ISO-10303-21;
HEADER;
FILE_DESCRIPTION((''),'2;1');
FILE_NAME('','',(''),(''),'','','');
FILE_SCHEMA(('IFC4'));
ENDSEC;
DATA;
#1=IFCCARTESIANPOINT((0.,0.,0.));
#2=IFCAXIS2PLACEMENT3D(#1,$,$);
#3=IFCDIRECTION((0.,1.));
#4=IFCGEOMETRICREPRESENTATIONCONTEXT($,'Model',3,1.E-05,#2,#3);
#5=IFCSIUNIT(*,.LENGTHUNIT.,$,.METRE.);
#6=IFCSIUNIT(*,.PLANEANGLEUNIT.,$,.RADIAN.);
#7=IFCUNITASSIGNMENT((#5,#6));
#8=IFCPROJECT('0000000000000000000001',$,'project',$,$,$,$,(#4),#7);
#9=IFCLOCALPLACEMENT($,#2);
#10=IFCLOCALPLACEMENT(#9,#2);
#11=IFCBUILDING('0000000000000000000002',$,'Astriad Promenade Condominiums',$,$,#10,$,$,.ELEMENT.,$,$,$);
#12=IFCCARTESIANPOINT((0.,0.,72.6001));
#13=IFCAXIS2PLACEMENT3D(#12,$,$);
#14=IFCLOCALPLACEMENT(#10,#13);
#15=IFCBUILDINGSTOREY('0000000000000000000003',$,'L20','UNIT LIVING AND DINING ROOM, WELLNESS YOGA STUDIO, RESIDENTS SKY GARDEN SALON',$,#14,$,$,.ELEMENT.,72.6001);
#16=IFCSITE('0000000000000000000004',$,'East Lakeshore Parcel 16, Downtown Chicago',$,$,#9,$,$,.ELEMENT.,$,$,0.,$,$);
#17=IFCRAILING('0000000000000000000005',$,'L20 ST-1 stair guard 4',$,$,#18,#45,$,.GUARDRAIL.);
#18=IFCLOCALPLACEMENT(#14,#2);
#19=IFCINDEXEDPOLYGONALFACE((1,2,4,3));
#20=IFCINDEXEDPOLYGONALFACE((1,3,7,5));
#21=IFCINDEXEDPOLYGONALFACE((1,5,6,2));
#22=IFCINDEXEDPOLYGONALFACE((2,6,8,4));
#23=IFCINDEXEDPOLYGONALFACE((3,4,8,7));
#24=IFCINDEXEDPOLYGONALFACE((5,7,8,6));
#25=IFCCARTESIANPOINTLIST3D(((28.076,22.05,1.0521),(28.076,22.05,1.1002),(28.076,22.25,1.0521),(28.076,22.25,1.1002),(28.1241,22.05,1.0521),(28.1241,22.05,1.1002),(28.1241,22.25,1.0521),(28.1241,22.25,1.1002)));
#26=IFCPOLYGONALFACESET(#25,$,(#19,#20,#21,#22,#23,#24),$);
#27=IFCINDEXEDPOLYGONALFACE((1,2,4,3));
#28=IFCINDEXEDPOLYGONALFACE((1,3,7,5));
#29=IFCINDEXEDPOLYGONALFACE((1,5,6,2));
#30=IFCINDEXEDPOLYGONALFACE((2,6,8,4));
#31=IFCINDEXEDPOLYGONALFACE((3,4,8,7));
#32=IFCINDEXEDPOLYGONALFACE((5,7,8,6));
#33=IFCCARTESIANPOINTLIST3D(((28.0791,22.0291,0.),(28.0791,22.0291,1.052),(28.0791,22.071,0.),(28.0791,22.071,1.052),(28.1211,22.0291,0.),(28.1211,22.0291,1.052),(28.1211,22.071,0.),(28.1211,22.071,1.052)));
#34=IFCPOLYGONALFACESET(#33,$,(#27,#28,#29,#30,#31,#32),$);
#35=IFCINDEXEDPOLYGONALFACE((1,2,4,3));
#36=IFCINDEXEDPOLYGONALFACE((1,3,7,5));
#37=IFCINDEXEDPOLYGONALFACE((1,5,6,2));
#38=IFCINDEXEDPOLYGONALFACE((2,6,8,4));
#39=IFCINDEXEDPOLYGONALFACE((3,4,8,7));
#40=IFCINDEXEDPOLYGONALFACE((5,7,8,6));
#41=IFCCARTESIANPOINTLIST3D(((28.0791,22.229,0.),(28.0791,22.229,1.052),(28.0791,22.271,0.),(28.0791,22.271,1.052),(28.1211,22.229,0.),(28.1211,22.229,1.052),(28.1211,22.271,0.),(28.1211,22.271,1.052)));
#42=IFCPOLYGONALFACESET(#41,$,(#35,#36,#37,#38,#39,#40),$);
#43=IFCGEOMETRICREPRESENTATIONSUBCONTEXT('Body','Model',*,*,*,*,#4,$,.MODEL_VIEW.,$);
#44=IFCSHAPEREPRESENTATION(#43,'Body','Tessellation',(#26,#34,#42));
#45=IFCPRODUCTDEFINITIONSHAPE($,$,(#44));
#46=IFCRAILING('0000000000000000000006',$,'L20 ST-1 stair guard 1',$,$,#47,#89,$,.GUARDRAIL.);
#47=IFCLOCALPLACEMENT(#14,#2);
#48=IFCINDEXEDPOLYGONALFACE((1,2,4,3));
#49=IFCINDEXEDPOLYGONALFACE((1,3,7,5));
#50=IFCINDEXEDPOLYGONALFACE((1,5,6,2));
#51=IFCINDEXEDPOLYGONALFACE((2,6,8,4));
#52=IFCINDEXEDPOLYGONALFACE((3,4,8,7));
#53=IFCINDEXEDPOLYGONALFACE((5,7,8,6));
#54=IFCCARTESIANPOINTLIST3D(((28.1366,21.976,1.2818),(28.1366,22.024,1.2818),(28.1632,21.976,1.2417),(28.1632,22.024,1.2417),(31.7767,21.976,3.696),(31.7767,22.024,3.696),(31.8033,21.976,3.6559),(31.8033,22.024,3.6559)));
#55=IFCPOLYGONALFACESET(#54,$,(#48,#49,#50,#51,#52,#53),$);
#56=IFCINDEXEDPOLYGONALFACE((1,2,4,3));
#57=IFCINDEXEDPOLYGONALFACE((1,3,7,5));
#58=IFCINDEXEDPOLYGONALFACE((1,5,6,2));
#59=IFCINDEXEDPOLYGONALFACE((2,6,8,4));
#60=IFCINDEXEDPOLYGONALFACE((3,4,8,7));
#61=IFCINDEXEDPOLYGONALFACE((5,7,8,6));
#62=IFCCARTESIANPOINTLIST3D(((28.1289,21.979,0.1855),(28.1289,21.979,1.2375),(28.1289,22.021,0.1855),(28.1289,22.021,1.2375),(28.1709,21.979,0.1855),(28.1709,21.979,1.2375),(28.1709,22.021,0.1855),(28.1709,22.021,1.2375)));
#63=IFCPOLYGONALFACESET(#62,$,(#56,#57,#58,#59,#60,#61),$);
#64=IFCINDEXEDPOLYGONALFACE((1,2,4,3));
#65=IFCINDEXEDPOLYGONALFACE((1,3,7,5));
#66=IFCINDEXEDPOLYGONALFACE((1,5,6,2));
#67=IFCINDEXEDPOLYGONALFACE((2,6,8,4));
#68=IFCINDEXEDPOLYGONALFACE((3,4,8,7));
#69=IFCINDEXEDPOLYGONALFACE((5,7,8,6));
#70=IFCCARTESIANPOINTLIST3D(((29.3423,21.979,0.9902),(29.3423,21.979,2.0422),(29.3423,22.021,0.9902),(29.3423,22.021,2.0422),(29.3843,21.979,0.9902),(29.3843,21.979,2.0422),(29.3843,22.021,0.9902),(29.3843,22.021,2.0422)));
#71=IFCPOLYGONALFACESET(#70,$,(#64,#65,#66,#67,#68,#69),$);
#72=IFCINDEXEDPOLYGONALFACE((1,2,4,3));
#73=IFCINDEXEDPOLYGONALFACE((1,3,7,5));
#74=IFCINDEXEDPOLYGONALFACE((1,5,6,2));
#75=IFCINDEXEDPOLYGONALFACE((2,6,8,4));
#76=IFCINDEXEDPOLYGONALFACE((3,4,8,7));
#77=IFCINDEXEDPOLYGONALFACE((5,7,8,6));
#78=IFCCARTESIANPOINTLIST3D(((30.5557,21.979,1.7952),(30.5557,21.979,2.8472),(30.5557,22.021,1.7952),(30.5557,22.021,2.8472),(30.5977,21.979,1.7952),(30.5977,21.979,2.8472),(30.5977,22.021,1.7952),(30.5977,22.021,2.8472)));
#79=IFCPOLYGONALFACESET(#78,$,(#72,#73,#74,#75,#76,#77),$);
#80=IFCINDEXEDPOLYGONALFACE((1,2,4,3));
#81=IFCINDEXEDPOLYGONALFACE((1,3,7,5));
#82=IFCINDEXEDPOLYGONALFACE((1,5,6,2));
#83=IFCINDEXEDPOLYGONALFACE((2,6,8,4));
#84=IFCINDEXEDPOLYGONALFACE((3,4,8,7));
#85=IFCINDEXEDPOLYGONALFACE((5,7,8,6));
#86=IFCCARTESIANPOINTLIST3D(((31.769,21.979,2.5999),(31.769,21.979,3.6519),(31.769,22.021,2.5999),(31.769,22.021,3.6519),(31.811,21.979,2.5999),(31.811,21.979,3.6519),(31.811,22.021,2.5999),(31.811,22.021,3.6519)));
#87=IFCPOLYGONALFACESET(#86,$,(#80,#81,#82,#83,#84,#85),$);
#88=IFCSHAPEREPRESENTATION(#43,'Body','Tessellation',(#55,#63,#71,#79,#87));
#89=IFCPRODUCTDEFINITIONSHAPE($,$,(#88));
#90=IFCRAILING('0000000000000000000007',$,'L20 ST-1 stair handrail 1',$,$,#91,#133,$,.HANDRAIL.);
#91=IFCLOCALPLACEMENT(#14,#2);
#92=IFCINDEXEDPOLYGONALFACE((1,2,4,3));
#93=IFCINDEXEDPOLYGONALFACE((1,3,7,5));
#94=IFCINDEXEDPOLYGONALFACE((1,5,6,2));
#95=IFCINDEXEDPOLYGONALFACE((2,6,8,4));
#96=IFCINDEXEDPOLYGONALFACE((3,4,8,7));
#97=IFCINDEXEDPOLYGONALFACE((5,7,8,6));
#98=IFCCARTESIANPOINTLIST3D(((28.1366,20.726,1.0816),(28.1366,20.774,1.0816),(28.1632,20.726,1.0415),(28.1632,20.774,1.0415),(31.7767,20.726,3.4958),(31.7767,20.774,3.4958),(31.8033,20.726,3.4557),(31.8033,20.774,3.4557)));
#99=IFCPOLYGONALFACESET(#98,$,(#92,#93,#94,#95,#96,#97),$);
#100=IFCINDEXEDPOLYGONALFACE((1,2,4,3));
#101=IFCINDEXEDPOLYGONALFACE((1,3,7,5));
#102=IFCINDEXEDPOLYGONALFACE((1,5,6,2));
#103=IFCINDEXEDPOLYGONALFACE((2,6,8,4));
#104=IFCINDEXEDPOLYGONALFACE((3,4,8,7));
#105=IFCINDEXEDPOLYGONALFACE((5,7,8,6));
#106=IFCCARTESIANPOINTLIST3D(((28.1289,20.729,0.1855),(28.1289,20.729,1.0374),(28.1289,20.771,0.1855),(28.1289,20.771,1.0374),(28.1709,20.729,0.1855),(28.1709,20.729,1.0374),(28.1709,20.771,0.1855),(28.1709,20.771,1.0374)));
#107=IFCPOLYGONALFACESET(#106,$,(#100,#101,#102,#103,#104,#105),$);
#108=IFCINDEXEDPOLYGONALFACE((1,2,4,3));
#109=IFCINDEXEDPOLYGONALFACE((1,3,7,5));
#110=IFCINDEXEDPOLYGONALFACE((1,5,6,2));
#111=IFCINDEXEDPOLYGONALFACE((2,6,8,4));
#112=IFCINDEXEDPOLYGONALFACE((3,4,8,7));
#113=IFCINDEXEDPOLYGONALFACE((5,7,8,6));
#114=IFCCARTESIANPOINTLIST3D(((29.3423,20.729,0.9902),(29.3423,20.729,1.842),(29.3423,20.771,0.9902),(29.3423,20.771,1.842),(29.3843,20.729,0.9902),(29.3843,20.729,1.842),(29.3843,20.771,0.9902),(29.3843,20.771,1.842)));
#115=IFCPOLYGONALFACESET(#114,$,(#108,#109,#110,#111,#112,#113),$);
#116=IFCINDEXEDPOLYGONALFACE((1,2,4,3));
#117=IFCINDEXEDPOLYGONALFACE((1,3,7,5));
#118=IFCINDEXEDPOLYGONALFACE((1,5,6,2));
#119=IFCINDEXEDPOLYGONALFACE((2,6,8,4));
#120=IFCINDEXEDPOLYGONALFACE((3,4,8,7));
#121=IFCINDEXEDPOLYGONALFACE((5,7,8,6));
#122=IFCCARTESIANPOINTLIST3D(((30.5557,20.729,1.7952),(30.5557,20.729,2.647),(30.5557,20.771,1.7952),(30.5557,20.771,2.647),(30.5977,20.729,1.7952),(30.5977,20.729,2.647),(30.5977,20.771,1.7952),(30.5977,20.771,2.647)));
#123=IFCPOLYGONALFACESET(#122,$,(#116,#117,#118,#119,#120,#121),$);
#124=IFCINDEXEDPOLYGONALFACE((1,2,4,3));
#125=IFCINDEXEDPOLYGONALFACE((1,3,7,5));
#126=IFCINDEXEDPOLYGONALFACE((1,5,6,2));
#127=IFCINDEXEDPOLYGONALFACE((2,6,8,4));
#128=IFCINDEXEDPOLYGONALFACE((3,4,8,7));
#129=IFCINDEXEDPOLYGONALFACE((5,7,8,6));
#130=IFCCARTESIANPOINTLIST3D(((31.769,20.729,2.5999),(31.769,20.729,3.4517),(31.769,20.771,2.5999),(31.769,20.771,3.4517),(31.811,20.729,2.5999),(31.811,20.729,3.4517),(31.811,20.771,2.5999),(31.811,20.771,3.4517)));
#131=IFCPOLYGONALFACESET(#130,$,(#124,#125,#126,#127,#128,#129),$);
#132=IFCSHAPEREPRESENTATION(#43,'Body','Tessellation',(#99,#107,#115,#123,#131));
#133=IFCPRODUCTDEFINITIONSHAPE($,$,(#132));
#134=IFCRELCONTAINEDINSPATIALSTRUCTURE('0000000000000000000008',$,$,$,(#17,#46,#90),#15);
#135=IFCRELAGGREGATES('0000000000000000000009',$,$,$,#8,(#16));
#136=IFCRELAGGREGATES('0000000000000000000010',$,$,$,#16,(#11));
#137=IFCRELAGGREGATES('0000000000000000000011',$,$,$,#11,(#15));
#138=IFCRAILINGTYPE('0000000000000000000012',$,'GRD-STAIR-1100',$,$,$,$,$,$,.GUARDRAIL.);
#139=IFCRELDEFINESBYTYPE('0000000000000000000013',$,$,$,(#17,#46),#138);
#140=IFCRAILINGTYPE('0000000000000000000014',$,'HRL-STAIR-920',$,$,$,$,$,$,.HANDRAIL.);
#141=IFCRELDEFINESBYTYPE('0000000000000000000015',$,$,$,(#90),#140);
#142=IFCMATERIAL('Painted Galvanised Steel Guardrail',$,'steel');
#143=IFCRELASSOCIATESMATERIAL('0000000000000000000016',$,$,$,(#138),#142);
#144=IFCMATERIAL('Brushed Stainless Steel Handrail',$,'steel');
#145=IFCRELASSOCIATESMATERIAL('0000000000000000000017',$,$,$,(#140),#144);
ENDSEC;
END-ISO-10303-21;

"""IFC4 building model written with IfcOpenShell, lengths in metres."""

from ifc_helpers import new_model, si_unit, direction, frame, origin, origin_2d, place, context, subcontext, project, spatial, rectangle, extrude, source, transform, mapped, material, type_object, type_shapes, element, save


model = new_model("IFC4")

# Units and contexts
model_context = context("Model", 3, precision=1e-05, world=origin(), true_north=direction((0.0, 1.0)))
body_context = subcontext(model_context, "Body", "Model", "MODEL_VIEW")
ifc_project = project(units=[si_unit("LENGTHUNIT", "METRE"), si_unit("PLANEANGLEUNIT", "RADIAN")], contexts=[model_context])

# Site, building, storey
site_placement = place(None, origin())
site = spatial("IfcSite", under=ifc_project, at=site_placement, Name="East Lakeshore Parcel 16, Downtown Chicago", CompositionType="ELEMENT", RefElevation=0.0)
building_placement = place(site_placement, origin())
building = spatial("IfcBuilding", under=site, at=building_placement, Name="Astriad Promenade Condominiums", CompositionType="ELEMENT")
storey_placement = place(building_placement, frame((0.0, 0.0, 72.6001)))
storey = spatial("IfcBuildingStorey", under=building, at=storey_placement, Name="L20", Description="UNIT LIVING AND DINING ROOM, WELLNESS YOGA STUDIO, RESIDENTS SKY GARDEN SALON", CompositionType="ELEMENT", Elevation=72.6001)

# Railings
ifc_material_1 = material(Name="Painted Galvanised Steel Guardrail", Category="steel")
railing_type_1 = type_object("IfcRailingType", Name="GRD-STAIR-1100", PredefinedType="GUARDRAIL", material=ifc_material_1)
shared_shape_1 = source(origin(), body_context, "Body", "SweptSolid", [
    extrude(rectangle(XDim=0.0481, YDim=0.0481, at=origin_2d()), frame((0.0, 0.0, 1.0762), z_axis=(0.0, 1.0, 0.0), x_axis=(-1.0, 0.0, 0.0)), (0.0, 0.0, 1.0), 0.2),
    extrude(rectangle(XDim=0.042, YDim=0.042, at=origin_2d()), origin(), (0.0, 0.0, 1.0), 1.052),
    extrude(rectangle(XDim=0.042, YDim=0.042, at=origin_2d()), frame((0.0, 0.2, 0.0)), (0.0, 0.0, 1.0), 1.052),
])
railing_1_placement = place(storey_placement, frame((28.1001, 22.05, 0.0)))
element("IfcRailing", 1, at=railing_1_placement, inside=storey, type_object=railing_type_1, Name="L20 ST-1 stair guard 4", PredefinedType="GUARDRAIL", context=body_context, shape_type="MappedRepresentation", body=[
    mapped(shared_shape_1, transform((0.0, 0.0, 0.0), scale=1.0)),
])
shared_shape_2 = source(origin(), body_context, "Body", "SweptSolid", [
    extrude(rectangle(XDim=0.0481, YDim=0.0481, at=origin_2d()), frame((0.0, 0.0, 1.0762), z_axis=(0.833364, 0.0, 0.552725), x_axis=(0.0, 1.0, 0.0)), (0.0, 0.0, 1.0), 4.3679),
    extrude(rectangle(XDim=0.042, YDim=0.042, at=origin_2d()), origin(), (0.0, 0.0, 1.0), 1.052),
    extrude(rectangle(XDim=0.042, YDim=0.042, at=origin_2d()), frame((1.2134, 0.0, 0.8047)), (0.0, 0.0, 1.0), 1.052),
    extrude(rectangle(XDim=0.042, YDim=0.042, at=origin_2d()), frame((2.4268, 0.0, 1.6096)), (0.0, 0.0, 1.0), 1.052),
    extrude(rectangle(XDim=0.042, YDim=0.042, at=origin_2d()), frame((3.6401, 0.0, 2.4143)), (0.0, 0.0, 1.0), 1.052),
])
type_shapes(railing_type_1, [shared_shape_1, shared_shape_2])
railing_2_placement = place(storey_placement, frame((28.1499, 22.0, 0.1855)))
element("IfcRailing", 2, at=railing_2_placement, inside=storey, type_object=railing_type_1, Name="L20 ST-1 stair guard 1", PredefinedType="GUARDRAIL", context=body_context, shape_type="MappedRepresentation", body=[
    mapped(shared_shape_2, transform((0.0, 0.0, 0.0), scale=1.0)),
])
ifc_material_2 = material(Name="Brushed Stainless Steel Handrail", Category="steel")
railing_type_2 = type_object("IfcRailingType", Name="HRL-STAIR-920", PredefinedType="HANDRAIL", material=ifc_material_2)
shared_shape_3 = source(origin(), body_context, "Body", "SweptSolid", [
    extrude(rectangle(XDim=0.0481, YDim=0.0481, at=origin_2d()), frame((0.0, 0.0, 0.876), z_axis=(0.833364, 0.0, 0.552725), x_axis=(0.0, 1.0, 0.0)), (0.0, 0.0, 1.0), 4.3679),
    extrude(rectangle(XDim=0.042, YDim=0.042, at=origin_2d()), origin(), (0.0, 0.0, 1.0), 0.8518),
    extrude(rectangle(XDim=0.042, YDim=0.042, at=origin_2d()), frame((1.2134, 0.0, 0.8047)), (0.0, 0.0, 1.0), 0.8518),
    extrude(rectangle(XDim=0.042, YDim=0.042, at=origin_2d()), frame((2.4268, 0.0, 1.6096)), (0.0, 0.0, 1.0), 0.8518),
    extrude(rectangle(XDim=0.042, YDim=0.042, at=origin_2d()), frame((3.6401, 0.0, 2.4143)), (0.0, 0.0, 1.0), 0.8518),
])
type_shapes(railing_type_2, [shared_shape_3])
railing_3_placement = place(storey_placement, frame((28.1499, 20.75, 0.1855)))
element("IfcRailing", 3, at=railing_3_placement, inside=storey, type_object=railing_type_2, Name="L20 ST-1 stair handrail 1", PredefinedType="HANDRAIL", context=body_context, shape_type="MappedRepresentation", body=[
    mapped(shared_shape_3, transform((0.0, 0.0, 0.0), scale=1.0)),
])

save(model, "model.ifc")
